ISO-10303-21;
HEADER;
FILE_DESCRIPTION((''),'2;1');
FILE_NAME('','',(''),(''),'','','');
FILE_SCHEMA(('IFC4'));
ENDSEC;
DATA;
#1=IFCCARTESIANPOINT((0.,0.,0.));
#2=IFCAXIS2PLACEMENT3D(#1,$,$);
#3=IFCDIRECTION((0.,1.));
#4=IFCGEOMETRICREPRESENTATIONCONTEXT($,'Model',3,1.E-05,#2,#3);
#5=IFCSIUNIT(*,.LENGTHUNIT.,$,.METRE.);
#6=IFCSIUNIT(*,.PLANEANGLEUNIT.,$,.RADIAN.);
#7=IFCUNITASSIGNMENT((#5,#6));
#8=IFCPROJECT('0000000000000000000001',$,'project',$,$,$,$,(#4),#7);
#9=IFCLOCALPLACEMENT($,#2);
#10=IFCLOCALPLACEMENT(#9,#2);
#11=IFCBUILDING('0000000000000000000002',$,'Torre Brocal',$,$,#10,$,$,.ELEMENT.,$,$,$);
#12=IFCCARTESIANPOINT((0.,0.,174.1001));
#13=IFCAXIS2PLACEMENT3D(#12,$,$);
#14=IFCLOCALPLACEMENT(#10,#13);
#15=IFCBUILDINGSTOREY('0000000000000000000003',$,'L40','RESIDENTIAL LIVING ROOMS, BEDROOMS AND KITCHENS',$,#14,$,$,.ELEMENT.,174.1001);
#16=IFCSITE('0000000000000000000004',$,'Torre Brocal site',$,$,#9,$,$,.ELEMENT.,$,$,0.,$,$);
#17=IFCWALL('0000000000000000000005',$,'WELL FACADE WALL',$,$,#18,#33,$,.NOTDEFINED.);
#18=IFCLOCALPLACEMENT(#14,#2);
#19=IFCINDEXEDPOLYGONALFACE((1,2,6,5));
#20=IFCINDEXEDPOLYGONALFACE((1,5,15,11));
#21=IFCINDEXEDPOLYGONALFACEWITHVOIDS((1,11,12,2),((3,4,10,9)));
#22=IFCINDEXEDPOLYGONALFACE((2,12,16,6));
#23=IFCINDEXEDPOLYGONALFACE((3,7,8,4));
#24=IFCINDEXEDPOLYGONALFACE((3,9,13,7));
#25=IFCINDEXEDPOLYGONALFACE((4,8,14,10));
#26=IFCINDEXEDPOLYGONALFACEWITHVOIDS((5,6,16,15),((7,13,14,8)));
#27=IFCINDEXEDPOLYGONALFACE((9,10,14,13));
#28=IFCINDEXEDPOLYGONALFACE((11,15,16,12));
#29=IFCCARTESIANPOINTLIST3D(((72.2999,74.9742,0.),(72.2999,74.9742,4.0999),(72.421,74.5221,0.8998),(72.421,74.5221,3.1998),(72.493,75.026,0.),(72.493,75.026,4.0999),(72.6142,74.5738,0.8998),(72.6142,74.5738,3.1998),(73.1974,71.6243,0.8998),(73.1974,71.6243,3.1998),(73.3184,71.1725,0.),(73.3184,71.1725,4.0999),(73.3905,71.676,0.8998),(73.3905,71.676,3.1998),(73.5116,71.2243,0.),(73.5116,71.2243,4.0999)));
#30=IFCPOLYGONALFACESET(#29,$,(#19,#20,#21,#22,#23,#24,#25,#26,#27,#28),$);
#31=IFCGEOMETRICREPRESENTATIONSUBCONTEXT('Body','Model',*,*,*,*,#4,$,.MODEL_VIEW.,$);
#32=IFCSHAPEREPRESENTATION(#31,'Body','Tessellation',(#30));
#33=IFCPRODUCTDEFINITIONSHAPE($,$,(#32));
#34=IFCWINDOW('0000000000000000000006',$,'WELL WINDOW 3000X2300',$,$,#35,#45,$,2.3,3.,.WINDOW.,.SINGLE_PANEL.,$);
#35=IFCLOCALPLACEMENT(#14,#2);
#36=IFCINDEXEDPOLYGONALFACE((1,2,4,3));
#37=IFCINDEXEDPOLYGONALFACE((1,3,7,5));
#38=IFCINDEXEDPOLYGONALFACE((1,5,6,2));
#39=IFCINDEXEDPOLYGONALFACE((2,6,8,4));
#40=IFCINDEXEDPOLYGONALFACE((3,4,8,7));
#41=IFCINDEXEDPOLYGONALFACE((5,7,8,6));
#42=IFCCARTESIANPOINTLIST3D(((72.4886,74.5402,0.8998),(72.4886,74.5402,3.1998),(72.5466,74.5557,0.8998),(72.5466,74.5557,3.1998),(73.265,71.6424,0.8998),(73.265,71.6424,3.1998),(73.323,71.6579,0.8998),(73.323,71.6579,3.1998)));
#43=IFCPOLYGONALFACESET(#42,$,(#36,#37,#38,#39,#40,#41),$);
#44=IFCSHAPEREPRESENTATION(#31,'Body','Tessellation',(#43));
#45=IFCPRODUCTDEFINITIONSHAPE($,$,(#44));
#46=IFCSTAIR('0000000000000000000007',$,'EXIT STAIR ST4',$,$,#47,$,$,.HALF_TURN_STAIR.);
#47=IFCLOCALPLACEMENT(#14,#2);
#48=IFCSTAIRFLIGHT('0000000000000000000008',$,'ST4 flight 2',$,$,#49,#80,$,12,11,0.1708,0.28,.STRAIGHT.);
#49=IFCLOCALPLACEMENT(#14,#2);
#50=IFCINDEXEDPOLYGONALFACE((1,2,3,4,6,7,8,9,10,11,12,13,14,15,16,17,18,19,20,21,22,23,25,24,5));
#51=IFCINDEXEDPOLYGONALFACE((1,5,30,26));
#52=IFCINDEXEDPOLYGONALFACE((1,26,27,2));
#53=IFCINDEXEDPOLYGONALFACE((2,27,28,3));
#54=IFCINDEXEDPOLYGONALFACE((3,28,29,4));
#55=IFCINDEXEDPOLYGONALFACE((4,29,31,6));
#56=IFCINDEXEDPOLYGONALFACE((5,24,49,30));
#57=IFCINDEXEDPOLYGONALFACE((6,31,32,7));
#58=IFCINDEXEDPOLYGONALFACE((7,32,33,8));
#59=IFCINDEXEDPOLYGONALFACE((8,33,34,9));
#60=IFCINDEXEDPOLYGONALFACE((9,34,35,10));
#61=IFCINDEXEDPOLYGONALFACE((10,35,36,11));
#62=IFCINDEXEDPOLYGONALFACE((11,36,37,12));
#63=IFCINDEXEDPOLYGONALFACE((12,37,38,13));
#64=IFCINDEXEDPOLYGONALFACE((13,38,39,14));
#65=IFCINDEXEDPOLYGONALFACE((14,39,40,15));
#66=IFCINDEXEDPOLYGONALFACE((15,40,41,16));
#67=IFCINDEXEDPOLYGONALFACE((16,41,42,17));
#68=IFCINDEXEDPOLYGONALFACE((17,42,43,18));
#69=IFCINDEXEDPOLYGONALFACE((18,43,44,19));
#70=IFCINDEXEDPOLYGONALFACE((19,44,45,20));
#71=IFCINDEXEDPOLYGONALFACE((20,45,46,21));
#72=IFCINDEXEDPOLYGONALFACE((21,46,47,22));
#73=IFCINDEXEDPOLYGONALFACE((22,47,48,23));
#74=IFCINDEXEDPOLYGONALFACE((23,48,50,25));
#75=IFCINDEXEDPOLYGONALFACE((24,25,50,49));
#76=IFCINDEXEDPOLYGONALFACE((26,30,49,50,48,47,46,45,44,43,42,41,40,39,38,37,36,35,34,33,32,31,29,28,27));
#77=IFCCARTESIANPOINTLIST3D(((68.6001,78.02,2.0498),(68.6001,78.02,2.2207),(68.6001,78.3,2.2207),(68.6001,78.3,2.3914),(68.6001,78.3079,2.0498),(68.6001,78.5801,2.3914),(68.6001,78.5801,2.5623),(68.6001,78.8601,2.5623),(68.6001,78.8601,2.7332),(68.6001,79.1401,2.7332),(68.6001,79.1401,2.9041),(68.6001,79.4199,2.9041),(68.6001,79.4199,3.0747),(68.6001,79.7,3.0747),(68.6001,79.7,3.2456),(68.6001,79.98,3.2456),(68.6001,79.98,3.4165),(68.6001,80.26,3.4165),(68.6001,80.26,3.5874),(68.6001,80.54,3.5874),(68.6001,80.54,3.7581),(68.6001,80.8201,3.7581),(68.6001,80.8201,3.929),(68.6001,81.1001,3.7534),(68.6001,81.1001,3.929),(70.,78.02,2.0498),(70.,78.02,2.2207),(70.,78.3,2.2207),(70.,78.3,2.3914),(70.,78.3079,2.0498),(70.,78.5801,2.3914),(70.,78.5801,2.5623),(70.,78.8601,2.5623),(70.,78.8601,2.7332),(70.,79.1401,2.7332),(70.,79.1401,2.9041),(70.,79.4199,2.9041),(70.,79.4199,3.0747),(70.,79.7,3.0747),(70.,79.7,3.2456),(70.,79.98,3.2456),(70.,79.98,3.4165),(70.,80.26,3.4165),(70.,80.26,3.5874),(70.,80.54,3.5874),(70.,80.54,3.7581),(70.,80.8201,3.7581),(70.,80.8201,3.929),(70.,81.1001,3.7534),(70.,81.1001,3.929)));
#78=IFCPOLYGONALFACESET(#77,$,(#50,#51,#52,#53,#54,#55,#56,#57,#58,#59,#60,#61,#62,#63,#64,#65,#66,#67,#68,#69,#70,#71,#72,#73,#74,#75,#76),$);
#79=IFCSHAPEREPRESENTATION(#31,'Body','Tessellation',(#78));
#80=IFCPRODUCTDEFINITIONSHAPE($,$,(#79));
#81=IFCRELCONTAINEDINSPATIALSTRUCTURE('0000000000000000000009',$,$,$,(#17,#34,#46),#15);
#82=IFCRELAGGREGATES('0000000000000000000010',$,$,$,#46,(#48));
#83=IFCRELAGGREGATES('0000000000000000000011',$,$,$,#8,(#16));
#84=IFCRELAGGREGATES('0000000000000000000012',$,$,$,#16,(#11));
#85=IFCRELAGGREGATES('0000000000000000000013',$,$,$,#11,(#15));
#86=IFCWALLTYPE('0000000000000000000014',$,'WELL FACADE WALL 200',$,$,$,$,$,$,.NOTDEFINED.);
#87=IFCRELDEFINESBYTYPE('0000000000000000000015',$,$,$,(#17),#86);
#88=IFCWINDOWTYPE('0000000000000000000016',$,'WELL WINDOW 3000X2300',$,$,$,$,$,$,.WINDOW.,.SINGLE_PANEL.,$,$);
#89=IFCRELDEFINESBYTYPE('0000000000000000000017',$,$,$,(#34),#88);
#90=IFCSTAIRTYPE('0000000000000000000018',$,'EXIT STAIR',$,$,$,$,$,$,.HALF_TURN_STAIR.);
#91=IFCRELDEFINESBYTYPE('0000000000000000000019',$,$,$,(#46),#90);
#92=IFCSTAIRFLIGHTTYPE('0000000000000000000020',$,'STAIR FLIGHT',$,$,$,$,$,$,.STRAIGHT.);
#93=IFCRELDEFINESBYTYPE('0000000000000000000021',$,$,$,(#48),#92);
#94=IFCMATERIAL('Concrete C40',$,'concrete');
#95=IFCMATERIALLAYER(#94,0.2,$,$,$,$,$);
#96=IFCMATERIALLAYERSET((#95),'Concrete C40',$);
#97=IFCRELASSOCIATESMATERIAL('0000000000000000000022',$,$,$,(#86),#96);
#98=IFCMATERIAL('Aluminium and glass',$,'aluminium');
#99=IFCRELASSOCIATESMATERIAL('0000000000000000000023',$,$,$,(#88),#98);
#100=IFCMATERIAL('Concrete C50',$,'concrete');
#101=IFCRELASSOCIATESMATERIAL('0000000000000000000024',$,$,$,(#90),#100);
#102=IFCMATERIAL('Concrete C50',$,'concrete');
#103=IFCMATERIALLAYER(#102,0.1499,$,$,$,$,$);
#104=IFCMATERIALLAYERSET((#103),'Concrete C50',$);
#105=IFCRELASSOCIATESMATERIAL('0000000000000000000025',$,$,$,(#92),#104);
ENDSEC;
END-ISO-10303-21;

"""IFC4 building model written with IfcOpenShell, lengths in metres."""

from ifc_helpers import new_model, si_unit, direction, frame, frame_2d, origin, place, context, subcontext, project, spatial, polyline, rectangle, outline, extrude, material, layer, layer_set, type_object, element, fill, aggregate, save


model = new_model("IFC4")

# Units and contexts
model_context = context("Model", 3, precision=1e-05, world=origin(), true_north=direction((0.0, 1.0)))
body_context = subcontext(model_context, "Body", "Model", "MODEL_VIEW")
ifc_project = project(units=[si_unit("LENGTHUNIT", "METRE"), si_unit("PLANEANGLEUNIT", "RADIAN")], contexts=[model_context])

# Site, building, storey
site_placement = place(None, origin())
site = spatial("IfcSite", under=ifc_project, at=site_placement, Name="Torre Brocal site", CompositionType="ELEMENT", RefElevation=0.0)
building_placement = place(site_placement, origin())
building = spatial("IfcBuilding", under=site, at=building_placement, Name="Torre Brocal", CompositionType="ELEMENT")
storey_placement = place(building_placement, frame((0.0, 0.0, 174.1001)))
storey = spatial("IfcBuildingStorey", under=building, at=storey_placement, Name="L40", Description="RESIDENTIAL LIVING ROOMS, BEDROOMS AND KITCHENS", CompositionType="ELEMENT", Elevation=174.1001)

# Wall, opening, window
ifc_material_1 = material(Name="Concrete C40", Category="concrete")
ifc_layer_1 = layer(ifc_material_1, 0.2)
ifc_layer_set_1 = layer_set([ifc_layer_1], Name="Concrete C40")
wall_type_1 = type_object("IfcWallType", Name="WELL FACADE WALL 200", PredefinedType="NOTDEFINED", material=ifc_layer_set_1)
ifc_material_2 = material(Name="Aluminium and glass", Category="aluminium")
window_type = type_object("IfcWindowType", Name="WELL WINDOW 3000X2300", PartitioningType="SINGLE_PANEL", PredefinedType="WINDOW", material=ifc_material_2)
wall_1_placement = place(storey_placement, frame((72.3965, 75.0, 0.0), z_axis=(0.0, 0.0, 1.0), x_axis=(0.25879, -0.965934, 0.0)))
wall_1 = element("IfcWall", 1, at=wall_1_placement, inside=storey, type_object=wall_type_1, Name="WELL FACADE WALL", PredefinedType="NOTDEFINED", context=body_context, shape_type="SweptSolid", body=[
    extrude(rectangle(XDim=3.9358, YDim=0.2, at=frame_2d((1.9678, 0.0))), origin(), (0.0, 0.0, 1.0), 4.0999),
])
opening_1_placement = place(wall_1_placement, frame((0.468, 0.0, 0.8999)))
opening_1 = element("IfcOpeningElement", 2, at=opening_1_placement, cuts=wall_1, PredefinedType="OPENING", context=body_context, shape_type="SweptSolid", body=[
    extrude(rectangle(XDim=3.0, YDim=2.3, at=frame_2d((1.5, 1.1499))), frame((0.0, 0.1099, 0.0), z_axis=(0.0, -1.0, 0.0), x_axis=(1.0, 0.0, 0.0)), (0.0, 0.0, 1.0), 0.22),
])
window_1_placement = place(opening_1_placement, origin())
window_1 = element("IfcWindow", 3, at=window_1_placement, inside=storey, type_object=window_type, Name="WELL WINDOW 3000X2300", OverallHeight=2.3, OverallWidth=3.0, PartitioningType="SINGLE_PANEL", PredefinedType="WINDOW", context=body_context, shape_type="SweptSolid", body=[
    extrude(rectangle(XDim=3.0, YDim=2.3, at=frame_2d((1.5, 1.1499))), frame((0.0, 0.03, 0.0), z_axis=(0.0, -1.0, 0.0), x_axis=(1.0, 0.0, 0.0)), (0.0, 0.0, 1.0), 0.0601),
])
fill(opening_1, window_1)

# Stair, stair flight
ifc_material_3 = material(Name="Concrete C50", Category="concrete")
stair_type = type_object("IfcStairType", Name="EXIT STAIR", PredefinedType="HALF_TURN_STAIR", material=ifc_material_3)
stair_placement = place(storey_placement, origin())
stair = element("IfcStair", 4, at=stair_placement, inside=storey, type_object=stair_type, Name="EXIT STAIR ST4", PredefinedType="HALF_TURN_STAIR")
ifc_material_4 = material(Name="Concrete C50", Category="concrete")
ifc_layer_2 = layer(ifc_material_4, 0.1499)
ifc_layer_set_2 = layer_set([ifc_layer_2], Name="Concrete C50")
stair_flight_type = type_object("IfcStairFlightType", Name="STAIR FLIGHT", PredefinedType="STRAIGHT", material=ifc_layer_set_2)
stair_flight_placement = place(storey_placement, frame((69.3, 78.02, 2.0498), z_axis=(0.0, 0.0, 1.0), x_axis=(0.0, 1.0, 0.0)))
stair_flight = element("IfcStairFlight", 5, at=stair_flight_placement, type_object=stair_flight_type, Name="ST4 flight 2", NumberOfRisers=12, NumberOfTreads=11, PredefinedType="STRAIGHT", RiserHeight=0.1708, TreadLength=0.28, context=body_context, shape_type="SweptSolid", body=[
    extrude(outline(polyline([(0.0, 0.0), (0.0, 0.1709), (0.28, 0.1709), (0.28, 0.3416), (0.5601, 0.3416), (0.5601, 0.5125), (0.8401, 0.5125), (0.8401, 0.6833), (1.1201, 0.6833), (1.1201, 0.8542), (1.3999, 0.8542), (1.3999, 1.0249), (1.6799, 1.0249), (1.6799, 1.1958), (1.96, 1.1958), (1.96, 1.3667), (2.24, 1.3667), (2.24, 1.5376), (2.52, 1.5376), (2.52, 1.7083), (2.8, 1.7083), (2.8, 1.8792), (3.0801, 1.8792), (3.0801, 2.05), (3.0801, 1.7036), (0.2878, 0.0), (0.0, 0.0)])), frame((0.0, 0.7, 0.0), z_axis=(0.0, -1.0, 0.0), x_axis=(1.0, 0.0, 0.0)), (0.0, 0.0, 1.0), 1.3999),
])
aggregate(stair, [stair_flight])

save(model, "model.ifc")
